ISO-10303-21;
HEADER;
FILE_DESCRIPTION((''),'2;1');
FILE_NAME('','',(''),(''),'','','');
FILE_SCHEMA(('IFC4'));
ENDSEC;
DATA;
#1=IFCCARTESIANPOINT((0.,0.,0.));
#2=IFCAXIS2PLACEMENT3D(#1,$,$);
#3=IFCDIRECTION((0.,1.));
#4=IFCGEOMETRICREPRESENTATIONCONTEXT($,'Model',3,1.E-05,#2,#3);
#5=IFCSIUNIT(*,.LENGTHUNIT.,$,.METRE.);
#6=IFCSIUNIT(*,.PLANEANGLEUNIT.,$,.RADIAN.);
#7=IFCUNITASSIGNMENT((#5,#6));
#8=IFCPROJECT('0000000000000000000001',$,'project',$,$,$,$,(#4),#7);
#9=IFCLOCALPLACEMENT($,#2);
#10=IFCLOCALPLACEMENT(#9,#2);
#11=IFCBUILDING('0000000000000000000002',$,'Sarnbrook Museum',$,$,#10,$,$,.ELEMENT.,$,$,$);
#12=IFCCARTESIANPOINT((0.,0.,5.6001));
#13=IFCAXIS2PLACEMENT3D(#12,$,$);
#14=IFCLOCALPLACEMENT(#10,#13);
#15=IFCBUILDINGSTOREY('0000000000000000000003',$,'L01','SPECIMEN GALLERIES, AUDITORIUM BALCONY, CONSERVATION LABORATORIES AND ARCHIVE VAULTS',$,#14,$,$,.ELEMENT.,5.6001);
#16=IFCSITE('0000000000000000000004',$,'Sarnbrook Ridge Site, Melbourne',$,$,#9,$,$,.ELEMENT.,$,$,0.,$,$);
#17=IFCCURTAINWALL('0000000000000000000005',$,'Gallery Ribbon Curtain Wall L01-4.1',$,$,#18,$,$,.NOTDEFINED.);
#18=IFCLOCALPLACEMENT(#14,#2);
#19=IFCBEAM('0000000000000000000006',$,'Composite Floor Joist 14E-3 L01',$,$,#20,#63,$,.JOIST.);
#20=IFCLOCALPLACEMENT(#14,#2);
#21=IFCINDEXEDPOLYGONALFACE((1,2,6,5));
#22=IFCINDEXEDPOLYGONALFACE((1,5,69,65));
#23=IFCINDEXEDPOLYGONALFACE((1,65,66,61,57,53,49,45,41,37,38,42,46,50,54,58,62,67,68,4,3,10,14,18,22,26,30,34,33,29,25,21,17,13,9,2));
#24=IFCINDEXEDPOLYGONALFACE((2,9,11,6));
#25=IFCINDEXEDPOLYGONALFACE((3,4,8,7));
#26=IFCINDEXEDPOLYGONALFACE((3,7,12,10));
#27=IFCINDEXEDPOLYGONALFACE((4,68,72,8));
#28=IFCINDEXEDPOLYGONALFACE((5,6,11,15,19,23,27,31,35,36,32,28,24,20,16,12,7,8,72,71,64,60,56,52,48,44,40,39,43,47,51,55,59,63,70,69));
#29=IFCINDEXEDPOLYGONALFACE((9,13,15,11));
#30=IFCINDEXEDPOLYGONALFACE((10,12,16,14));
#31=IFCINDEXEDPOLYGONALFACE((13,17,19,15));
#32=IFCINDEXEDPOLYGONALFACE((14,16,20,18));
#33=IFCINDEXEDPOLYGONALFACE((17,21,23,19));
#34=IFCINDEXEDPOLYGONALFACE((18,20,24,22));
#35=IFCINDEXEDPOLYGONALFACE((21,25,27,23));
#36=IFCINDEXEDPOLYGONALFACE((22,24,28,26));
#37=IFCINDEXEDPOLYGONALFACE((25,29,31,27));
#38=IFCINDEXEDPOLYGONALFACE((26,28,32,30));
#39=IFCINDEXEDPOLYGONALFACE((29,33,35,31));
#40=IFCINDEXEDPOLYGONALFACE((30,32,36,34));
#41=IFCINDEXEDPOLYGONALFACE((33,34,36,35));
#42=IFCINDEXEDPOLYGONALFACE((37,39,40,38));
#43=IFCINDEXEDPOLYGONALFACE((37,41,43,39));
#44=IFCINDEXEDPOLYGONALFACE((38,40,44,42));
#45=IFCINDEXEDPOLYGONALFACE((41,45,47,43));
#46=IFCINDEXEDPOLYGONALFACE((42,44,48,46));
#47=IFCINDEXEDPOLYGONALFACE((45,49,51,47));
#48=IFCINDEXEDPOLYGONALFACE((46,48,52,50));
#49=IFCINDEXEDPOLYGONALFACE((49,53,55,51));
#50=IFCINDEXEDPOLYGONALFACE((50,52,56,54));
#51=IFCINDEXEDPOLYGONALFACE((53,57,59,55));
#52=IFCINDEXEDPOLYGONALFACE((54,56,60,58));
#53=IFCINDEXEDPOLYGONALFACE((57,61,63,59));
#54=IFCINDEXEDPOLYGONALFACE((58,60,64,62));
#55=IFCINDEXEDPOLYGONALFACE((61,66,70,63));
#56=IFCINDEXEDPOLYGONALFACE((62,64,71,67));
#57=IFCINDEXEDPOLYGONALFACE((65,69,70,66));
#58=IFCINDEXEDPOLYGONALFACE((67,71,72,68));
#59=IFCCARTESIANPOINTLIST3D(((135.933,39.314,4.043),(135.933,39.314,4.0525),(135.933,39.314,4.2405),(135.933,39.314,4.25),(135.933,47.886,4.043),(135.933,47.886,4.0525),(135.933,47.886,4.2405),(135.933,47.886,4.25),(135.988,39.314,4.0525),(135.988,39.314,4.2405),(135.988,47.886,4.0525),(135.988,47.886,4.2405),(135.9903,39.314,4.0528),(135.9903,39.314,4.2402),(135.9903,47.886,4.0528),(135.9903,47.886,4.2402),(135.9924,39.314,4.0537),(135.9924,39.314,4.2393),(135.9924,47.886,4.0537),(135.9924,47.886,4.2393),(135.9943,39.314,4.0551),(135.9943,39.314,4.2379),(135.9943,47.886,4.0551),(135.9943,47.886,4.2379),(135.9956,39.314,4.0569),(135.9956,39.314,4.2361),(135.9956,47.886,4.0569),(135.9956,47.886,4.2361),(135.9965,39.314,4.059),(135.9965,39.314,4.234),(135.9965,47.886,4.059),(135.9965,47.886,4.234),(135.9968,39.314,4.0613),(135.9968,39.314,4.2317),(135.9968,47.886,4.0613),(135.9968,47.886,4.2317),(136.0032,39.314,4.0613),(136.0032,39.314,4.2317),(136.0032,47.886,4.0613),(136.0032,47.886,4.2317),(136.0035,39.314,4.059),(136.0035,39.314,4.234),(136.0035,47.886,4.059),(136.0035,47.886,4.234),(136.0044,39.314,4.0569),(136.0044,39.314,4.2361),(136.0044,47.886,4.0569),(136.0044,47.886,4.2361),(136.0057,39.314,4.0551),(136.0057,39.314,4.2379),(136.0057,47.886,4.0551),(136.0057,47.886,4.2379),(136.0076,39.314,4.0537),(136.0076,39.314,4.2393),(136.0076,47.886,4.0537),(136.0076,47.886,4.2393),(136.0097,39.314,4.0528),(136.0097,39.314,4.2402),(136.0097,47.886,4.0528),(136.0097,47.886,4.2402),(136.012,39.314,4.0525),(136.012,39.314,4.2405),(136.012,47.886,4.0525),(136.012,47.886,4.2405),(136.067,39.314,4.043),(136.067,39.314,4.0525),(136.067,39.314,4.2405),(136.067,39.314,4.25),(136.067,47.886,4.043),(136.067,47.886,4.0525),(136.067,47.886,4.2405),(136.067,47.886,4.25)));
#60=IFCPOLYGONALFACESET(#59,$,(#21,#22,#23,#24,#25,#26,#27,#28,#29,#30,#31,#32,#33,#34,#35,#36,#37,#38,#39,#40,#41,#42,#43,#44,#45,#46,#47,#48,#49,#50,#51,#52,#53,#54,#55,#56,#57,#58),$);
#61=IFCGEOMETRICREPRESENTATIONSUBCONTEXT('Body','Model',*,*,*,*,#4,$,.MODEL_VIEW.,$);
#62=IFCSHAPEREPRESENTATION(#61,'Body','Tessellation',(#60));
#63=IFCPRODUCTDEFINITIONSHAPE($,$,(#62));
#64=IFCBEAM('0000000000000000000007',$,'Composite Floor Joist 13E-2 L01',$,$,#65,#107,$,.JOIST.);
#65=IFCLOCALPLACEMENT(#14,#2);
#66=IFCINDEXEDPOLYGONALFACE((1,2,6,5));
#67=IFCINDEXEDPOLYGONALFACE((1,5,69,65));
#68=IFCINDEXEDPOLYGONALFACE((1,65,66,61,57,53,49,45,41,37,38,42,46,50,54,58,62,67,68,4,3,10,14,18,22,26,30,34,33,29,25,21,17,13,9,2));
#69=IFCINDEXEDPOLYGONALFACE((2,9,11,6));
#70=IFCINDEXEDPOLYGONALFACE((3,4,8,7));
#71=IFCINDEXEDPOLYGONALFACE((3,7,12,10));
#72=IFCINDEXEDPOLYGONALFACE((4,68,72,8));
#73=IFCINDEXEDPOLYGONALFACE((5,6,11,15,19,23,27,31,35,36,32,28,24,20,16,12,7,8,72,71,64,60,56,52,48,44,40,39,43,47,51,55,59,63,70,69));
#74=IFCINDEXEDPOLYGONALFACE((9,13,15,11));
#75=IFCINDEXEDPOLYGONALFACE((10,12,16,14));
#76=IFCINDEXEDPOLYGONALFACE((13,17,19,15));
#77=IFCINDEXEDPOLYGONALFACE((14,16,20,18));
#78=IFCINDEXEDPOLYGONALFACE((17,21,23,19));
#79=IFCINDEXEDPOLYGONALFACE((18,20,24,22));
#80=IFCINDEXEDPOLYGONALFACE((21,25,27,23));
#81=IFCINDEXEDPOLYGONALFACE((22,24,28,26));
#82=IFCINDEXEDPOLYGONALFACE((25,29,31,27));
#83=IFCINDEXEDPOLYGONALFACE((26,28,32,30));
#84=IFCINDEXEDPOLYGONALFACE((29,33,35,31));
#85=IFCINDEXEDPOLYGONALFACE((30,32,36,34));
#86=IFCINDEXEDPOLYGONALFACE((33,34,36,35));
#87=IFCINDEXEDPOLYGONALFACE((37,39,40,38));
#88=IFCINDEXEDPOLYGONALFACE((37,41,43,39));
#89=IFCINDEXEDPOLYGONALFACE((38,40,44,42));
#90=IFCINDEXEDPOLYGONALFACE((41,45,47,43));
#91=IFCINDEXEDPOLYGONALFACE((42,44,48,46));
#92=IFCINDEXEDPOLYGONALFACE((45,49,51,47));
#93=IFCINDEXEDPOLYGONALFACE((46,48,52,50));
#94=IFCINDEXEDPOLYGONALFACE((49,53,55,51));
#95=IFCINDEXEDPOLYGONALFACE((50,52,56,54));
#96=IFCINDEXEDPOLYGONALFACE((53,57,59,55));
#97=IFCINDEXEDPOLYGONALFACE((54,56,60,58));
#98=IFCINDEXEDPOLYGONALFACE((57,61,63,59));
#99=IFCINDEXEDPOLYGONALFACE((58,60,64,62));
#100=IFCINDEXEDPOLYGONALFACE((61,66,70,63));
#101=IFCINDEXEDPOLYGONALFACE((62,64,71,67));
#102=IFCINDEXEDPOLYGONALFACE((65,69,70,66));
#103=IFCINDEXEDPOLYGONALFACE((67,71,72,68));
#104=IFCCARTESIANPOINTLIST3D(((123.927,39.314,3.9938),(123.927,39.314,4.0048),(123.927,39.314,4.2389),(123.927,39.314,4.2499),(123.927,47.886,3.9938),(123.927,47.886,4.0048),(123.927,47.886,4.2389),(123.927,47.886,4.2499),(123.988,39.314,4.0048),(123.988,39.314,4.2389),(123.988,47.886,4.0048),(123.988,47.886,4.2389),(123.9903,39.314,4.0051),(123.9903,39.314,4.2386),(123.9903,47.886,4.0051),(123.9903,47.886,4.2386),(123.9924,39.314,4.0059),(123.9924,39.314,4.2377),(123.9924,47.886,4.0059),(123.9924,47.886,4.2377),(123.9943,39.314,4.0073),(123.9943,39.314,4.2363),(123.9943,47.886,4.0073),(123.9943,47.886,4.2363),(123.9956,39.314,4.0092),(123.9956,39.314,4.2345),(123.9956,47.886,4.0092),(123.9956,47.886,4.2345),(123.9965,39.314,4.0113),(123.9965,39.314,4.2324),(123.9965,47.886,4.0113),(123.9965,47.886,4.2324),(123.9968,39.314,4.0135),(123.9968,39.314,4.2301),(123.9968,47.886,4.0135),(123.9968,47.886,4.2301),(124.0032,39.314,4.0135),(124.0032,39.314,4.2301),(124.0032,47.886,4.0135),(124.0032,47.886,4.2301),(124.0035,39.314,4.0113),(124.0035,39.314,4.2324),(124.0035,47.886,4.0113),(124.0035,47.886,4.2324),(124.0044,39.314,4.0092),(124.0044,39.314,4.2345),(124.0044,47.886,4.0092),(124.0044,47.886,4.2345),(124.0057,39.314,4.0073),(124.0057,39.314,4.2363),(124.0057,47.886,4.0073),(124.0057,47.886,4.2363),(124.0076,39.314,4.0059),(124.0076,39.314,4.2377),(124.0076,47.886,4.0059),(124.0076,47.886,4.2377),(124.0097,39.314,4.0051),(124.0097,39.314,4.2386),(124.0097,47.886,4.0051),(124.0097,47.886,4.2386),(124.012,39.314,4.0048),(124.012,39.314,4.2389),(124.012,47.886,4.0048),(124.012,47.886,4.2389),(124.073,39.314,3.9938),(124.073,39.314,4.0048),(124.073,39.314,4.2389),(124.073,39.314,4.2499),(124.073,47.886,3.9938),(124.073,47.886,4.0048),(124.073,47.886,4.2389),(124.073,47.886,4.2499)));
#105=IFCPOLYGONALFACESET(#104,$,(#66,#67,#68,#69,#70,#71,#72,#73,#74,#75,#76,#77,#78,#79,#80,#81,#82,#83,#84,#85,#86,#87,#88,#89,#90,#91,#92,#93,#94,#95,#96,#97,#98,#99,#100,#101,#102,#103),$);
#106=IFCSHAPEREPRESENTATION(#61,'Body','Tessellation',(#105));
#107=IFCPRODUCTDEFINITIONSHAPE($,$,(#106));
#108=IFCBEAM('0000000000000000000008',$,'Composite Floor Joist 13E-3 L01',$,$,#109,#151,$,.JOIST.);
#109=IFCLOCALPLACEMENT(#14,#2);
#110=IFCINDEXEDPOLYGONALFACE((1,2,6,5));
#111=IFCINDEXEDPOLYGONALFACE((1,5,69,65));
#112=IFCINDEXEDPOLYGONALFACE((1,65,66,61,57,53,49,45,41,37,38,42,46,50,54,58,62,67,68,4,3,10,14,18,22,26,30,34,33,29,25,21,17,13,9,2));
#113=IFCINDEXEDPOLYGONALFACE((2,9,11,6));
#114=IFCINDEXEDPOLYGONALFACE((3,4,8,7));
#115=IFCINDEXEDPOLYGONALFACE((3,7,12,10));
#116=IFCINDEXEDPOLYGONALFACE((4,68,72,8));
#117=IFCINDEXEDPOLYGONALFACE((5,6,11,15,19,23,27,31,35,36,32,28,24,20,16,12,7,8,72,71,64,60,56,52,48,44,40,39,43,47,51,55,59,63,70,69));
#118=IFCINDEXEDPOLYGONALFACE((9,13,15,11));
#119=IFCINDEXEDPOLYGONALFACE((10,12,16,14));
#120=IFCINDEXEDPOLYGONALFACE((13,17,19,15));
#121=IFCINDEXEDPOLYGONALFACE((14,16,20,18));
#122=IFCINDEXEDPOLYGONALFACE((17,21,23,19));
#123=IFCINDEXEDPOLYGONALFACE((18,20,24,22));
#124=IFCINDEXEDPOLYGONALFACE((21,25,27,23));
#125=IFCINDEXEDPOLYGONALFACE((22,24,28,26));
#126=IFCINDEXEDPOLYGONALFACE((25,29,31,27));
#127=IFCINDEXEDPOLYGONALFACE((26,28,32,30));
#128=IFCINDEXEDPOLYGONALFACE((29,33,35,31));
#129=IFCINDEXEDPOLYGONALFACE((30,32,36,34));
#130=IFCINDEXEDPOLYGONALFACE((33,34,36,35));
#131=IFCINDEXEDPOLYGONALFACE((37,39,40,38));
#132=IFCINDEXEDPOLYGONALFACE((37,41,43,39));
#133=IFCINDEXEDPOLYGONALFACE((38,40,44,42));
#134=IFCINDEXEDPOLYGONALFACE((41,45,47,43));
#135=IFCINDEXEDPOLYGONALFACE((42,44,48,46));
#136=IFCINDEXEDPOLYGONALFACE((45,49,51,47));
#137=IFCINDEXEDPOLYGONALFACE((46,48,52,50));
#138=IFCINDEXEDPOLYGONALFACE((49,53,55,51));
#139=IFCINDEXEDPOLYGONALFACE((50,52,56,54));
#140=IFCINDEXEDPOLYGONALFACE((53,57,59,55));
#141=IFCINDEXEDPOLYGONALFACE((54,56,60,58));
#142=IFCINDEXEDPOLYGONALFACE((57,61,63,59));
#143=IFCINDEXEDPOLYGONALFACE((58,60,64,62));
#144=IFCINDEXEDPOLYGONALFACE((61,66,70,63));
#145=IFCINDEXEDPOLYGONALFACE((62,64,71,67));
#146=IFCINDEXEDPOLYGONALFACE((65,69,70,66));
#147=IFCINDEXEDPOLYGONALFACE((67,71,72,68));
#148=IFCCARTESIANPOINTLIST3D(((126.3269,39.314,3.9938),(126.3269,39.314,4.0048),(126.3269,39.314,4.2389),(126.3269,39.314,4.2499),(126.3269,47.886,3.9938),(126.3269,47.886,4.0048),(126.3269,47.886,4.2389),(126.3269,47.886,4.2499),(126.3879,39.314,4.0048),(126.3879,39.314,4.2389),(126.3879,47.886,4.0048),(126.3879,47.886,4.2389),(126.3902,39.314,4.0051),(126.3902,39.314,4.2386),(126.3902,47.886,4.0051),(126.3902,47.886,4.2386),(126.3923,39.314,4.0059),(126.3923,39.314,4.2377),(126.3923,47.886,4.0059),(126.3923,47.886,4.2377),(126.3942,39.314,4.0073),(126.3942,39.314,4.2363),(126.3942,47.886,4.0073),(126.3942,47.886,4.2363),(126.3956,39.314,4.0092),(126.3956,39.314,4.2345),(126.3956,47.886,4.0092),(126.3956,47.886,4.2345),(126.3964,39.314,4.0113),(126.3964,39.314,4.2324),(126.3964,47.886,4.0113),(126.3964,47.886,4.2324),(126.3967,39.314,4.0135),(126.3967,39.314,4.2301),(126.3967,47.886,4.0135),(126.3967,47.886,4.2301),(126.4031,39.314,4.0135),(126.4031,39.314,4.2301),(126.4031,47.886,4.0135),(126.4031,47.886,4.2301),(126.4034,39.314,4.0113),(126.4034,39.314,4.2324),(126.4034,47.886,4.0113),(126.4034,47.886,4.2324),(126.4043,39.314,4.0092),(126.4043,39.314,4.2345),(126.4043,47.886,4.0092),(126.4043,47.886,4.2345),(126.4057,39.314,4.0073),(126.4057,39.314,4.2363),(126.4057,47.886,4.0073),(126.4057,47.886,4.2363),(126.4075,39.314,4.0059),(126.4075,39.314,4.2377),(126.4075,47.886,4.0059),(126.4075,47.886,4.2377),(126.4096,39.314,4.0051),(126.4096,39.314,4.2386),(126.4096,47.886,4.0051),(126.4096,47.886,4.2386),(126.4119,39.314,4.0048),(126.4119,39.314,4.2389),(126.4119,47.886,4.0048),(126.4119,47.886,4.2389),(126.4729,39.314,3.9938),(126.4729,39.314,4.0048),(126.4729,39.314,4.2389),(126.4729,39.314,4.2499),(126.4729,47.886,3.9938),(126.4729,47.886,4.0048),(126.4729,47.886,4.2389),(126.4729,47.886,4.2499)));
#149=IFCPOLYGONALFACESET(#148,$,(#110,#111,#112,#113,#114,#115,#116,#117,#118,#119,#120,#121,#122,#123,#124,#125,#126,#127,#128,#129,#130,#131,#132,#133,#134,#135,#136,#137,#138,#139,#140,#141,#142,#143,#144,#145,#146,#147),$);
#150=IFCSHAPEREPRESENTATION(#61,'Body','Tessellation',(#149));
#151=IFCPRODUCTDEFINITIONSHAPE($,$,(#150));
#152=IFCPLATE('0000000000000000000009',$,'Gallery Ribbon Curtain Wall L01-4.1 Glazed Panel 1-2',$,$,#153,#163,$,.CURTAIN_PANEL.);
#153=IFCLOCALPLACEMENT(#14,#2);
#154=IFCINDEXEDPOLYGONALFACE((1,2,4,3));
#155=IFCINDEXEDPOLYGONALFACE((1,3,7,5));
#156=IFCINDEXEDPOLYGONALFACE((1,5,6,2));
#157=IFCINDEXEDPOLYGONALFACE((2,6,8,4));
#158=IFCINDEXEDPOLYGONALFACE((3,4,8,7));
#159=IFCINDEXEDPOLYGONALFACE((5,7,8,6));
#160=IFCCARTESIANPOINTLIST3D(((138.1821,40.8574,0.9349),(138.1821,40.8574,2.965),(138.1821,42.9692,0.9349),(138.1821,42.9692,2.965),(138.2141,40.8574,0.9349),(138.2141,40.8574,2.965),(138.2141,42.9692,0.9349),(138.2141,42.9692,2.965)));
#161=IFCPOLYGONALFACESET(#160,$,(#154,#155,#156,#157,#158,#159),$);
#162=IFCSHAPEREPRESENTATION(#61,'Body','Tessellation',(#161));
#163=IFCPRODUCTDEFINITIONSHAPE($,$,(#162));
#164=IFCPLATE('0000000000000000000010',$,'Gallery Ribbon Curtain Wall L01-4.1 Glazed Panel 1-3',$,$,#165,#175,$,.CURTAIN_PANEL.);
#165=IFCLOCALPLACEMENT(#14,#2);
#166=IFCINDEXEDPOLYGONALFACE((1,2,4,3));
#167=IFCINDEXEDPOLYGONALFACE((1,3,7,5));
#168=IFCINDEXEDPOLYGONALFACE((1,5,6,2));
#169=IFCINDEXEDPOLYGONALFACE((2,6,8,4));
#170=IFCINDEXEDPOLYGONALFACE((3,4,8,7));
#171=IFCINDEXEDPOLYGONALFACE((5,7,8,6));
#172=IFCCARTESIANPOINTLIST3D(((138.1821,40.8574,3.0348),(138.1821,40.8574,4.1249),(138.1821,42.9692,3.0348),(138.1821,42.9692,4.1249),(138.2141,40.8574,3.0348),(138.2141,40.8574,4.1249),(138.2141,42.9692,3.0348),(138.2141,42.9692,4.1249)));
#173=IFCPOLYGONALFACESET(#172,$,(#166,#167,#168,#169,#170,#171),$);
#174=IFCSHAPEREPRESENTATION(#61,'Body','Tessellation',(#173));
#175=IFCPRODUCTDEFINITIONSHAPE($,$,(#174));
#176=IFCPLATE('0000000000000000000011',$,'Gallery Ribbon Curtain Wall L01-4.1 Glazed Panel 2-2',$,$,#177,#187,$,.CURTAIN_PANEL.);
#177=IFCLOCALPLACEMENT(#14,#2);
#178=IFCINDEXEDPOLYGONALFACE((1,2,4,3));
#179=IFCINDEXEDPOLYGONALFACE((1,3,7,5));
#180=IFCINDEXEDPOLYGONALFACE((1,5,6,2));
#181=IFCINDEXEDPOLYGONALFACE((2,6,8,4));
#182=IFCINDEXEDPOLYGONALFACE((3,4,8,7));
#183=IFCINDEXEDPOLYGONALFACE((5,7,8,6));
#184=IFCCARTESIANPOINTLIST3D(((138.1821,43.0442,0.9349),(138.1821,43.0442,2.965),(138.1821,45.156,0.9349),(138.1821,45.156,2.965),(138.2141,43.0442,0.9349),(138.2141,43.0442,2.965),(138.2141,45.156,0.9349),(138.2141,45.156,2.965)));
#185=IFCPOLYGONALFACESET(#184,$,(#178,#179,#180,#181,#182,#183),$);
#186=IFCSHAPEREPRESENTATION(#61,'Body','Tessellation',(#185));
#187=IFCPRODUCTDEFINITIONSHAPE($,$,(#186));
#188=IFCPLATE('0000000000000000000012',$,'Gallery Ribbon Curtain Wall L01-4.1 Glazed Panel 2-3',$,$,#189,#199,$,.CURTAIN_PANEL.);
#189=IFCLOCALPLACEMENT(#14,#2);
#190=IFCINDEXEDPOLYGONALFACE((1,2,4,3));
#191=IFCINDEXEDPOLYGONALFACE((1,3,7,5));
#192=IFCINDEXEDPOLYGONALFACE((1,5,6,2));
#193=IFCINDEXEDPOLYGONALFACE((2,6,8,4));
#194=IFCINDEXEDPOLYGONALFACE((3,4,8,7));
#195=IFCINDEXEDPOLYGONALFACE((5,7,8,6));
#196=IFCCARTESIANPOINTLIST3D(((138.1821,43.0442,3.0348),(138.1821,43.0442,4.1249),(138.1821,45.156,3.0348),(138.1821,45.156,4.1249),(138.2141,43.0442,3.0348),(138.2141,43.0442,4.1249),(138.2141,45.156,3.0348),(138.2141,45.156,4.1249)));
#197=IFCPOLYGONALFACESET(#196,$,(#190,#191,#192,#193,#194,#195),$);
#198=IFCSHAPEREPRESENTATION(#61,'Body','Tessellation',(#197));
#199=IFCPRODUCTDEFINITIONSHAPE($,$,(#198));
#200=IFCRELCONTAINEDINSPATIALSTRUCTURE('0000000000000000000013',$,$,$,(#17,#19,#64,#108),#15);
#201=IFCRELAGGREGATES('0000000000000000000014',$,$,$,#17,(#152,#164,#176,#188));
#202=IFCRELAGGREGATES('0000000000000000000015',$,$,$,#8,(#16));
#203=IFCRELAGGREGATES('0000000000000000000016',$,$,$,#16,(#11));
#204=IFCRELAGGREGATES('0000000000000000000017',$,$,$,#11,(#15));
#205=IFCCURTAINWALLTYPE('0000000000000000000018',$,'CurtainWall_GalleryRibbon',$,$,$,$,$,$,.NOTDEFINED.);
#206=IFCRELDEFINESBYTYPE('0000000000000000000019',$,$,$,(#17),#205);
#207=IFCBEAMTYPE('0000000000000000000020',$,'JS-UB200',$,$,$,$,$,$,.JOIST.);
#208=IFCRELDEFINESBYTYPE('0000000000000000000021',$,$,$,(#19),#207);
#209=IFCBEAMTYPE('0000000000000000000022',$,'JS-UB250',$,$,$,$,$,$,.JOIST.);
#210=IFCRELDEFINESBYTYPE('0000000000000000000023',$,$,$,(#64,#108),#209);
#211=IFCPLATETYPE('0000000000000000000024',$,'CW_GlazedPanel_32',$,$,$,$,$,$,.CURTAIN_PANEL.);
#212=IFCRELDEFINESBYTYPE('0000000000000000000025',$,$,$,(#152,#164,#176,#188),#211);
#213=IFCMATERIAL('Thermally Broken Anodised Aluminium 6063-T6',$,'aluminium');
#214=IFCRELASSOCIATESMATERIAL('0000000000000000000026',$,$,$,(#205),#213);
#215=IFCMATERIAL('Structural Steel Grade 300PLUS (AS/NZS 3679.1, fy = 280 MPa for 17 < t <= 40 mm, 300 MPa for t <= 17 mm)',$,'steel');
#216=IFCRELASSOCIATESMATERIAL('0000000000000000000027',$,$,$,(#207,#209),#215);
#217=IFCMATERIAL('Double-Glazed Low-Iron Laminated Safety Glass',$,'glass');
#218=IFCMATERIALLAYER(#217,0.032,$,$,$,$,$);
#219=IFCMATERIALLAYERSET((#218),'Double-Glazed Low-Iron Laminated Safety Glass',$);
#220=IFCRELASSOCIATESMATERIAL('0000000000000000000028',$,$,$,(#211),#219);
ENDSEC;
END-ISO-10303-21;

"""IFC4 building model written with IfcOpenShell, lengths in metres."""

from ifc_helpers import new_model, si_unit, direction, frame, origin, origin_2d, place, context, subcontext, project, spatial, rectangle, i_section, extrude, material, layer, layer_set, material_profile, profile_set, type_object, element, aggregate, save


model = new_model("IFC4")

# Units and contexts
model_context = context("Model", 3, precision=1e-05, world=origin(), true_north=direction((0.0, 1.0)))
body_context = subcontext(model_context, "Body", "Model", "MODEL_VIEW")
ifc_project = project(units=[si_unit("LENGTHUNIT", "METRE"), si_unit("PLANEANGLEUNIT", "RADIAN")], contexts=[model_context])

# Site, building, storey
site_placement = place(None, origin())
site = spatial("IfcSite", under=ifc_project, at=site_placement, Name="Sarnbrook Ridge Site, Melbourne", CompositionType="ELEMENT", RefElevation=0.0)
building_placement = place(site_placement, origin())
building = spatial("IfcBuilding", under=site, at=building_placement, Name="Sarnbrook Museum", CompositionType="ELEMENT")
storey_placement = place(building_placement, frame((0.0, 0.0, 5.6001)))
storey = spatial("IfcBuildingStorey", under=building, at=storey_placement, Name="L01", Description="SPECIMEN GALLERIES, AUDITORIUM BALCONY, CONSERVATION LABORATORIES AND ARCHIVE VAULTS", CompositionType="ELEMENT", Elevation=5.6001)

# Shared definitions
ifc_material_1 = material(Name="Structural Steel Grade 300PLUS (AS/NZS 3679.1, fy = 280 MPa for 17 < t <= 40 mm, 300 MPa for t <= 17 mm)", Category="steel")

# Curtain wall
ifc_material_2 = material(Name="Thermally Broken Anodised Aluminium 6063-T6", Category="aluminium")
curtain_wall_type = type_object("IfcCurtainWallType", Name="CurtainWall_GalleryRibbon", PredefinedType="NOTDEFINED", material=ifc_material_2)
curtain_wall_placement = place(storey_placement, origin())
curtain_wall = element("IfcCurtainWall", 1, at=curtain_wall_placement, inside=storey, type_object=curtain_wall_type, Name="Gallery Ribbon Curtain Wall L01-4.1", PredefinedType="NOTDEFINED")

# Beams
ifc_material_profile_1 = material_profile(ifc_material_1, i_section(OverallWidth=0.134, OverallDepth=0.207, WebThickness=0.0063, FlangeThickness=0.0095, FilletRadius=0.0088, at=origin_2d()), Name="200UB29.8")
ifc_profile_set_1 = profile_set([ifc_material_profile_1], Name="Structural Steel Grade 300PLUS (AS/NZS 3679.1, fy = 280 MPa for 17 < t <= 40 mm, 300 MPa for t <= 17 mm)")
beam_type_1 = type_object("IfcBeamType", Name="JS-UB200", PredefinedType="JOIST", material=ifc_profile_set_1)
for number, where, z_axis, x_axis, name in (
    (2, (136.0, 39.314, 4.1465), (0.0, 1.0, 0.0), (-1.0, 0.0, 0.0), "Composite Floor Joist 14E-3 L01"),
):
    element("IfcBeam", number, at=place(storey_placement, frame(where, z_axis=z_axis, x_axis=x_axis)), inside=storey, type_object=beam_type_1, Name=name, PredefinedType="JOIST", context=body_context, shape_type="SweptSolid", body=[
        extrude(i_section(OverallWidth=0.134, OverallDepth=0.207, WebThickness=0.0063, FlangeThickness=0.0095, FilletRadius=0.0088, at=origin_2d()), origin(), (0.0, 0.0, 1.0), 8.572),
    ])
ifc_material_profile_2 = material_profile(ifc_material_1, i_section(OverallWidth=0.146, OverallDepth=0.2561, WebThickness=0.0063, FlangeThickness=0.011, FilletRadius=0.0088, at=origin_2d()), Name="250UB37.3")
ifc_profile_set_2 = profile_set([ifc_material_profile_2], Name="Structural Steel Grade 300PLUS (AS/NZS 3679.1, fy = 280 MPa for 17 < t <= 40 mm, 300 MPa for t <= 17 mm)")
beam_type_2 = type_object("IfcBeamType", Name="JS-UB250", PredefinedType="JOIST", material=ifc_profile_set_2)
for number, where, z_axis, x_axis, name in (
    (3, (124.0, 39.314, 4.1218), (0.0, 1.0, 0.0), (-1.0, 0.0, 0.0), "Composite Floor Joist 13E-2 L01"),
    (4, (126.3999, 39.314, 4.1218), (0.0, 1.0, 0.0), (-1.0, 0.0, 0.0), "Composite Floor Joist 13E-3 L01"),
):
    element("IfcBeam", number, at=place(storey_placement, frame(where, z_axis=z_axis, x_axis=x_axis)), inside=storey, type_object=beam_type_2, Name=name, PredefinedType="JOIST", context=body_context, shape_type="SweptSolid", body=[
        extrude(i_section(OverallWidth=0.146, OverallDepth=0.2561, WebThickness=0.0063, FlangeThickness=0.011, FilletRadius=0.0088, at=origin_2d()), origin(), (0.0, 0.0, 1.0), 8.572),
    ])

# Plates
ifc_material_3 = material(Name="Double-Glazed Low-Iron Laminated Safety Glass", Category="glass")
ifc_layer_1 = layer(ifc_material_3, 0.032)
ifc_layer_set_1 = layer_set([ifc_layer_1], Name="Double-Glazed Low-Iron Laminated Safety Glass")
plate_type_1 = type_object("IfcPlateType", Name="CW_GlazedPanel_32", PredefinedType="CURTAIN_PANEL", material=ifc_layer_set_1)
plate_1_placement = place(storey_placement, frame((138.1821, 41.9133, 1.95), z_axis=(1.0, 0.0, 0.0), x_axis=(0.0, 1.0, 0.0)))
plate_1 = element("IfcPlate", 5, at=plate_1_placement, type_object=plate_type_1, Name="Gallery Ribbon Curtain Wall L01-4.1 Glazed Panel 1-2", PredefinedType="CURTAIN_PANEL", context=body_context, shape_type="SweptSolid", body=[
    extrude(rectangle(XDim=2.1118, YDim=2.03, at=origin_2d()), origin(), (0.0, 0.0, 1.0), 0.032),
])
plate_2_placement = place(storey_placement, frame((138.1821, 41.9133, 3.5798), z_axis=(1.0, 0.0, 0.0), x_axis=(0.0, 1.0, 0.0)))
plate_2 = element("IfcPlate", 6, at=plate_2_placement, type_object=plate_type_1, Name="Gallery Ribbon Curtain Wall L01-4.1 Glazed Panel 1-3", PredefinedType="CURTAIN_PANEL", context=body_context, shape_type="SweptSolid", body=[
    extrude(rectangle(XDim=2.1118, YDim=1.0901, at=origin_2d()), origin(), (0.0, 0.0, 1.0), 0.032),
])
plate_3_placement = place(storey_placement, frame((138.1821, 44.1001, 1.95), z_axis=(1.0, 0.0, 0.0), x_axis=(0.0, 1.0, 0.0)))
plate_3 = element("IfcPlate", 7, at=plate_3_placement, type_object=plate_type_1, Name="Gallery Ribbon Curtain Wall L01-4.1 Glazed Panel 2-2", PredefinedType="CURTAIN_PANEL", context=body_context, shape_type="SweptSolid", body=[
    extrude(rectangle(XDim=2.1118, YDim=2.03, at=origin_2d()), origin(), (0.0, 0.0, 1.0), 0.032),
])
plate_4_placement = place(storey_placement, frame((138.1821, 44.1001, 3.5798), z_axis=(1.0, 0.0, 0.0), x_axis=(0.0, 1.0, 0.0)))
plate_4 = element("IfcPlate", 8, at=plate_4_placement, type_object=plate_type_1, Name="Gallery Ribbon Curtain Wall L01-4.1 Glazed Panel 2-3", PredefinedType="CURTAIN_PANEL", context=body_context, shape_type="SweptSolid", body=[
    extrude(rectangle(XDim=2.1118, YDim=1.0901, at=origin_2d()), origin(), (0.0, 0.0, 1.0), 0.032),
])
aggregate(curtain_wall, [plate_1, plate_2, plate_3, plate_4])

save(model, "model.ifc")
